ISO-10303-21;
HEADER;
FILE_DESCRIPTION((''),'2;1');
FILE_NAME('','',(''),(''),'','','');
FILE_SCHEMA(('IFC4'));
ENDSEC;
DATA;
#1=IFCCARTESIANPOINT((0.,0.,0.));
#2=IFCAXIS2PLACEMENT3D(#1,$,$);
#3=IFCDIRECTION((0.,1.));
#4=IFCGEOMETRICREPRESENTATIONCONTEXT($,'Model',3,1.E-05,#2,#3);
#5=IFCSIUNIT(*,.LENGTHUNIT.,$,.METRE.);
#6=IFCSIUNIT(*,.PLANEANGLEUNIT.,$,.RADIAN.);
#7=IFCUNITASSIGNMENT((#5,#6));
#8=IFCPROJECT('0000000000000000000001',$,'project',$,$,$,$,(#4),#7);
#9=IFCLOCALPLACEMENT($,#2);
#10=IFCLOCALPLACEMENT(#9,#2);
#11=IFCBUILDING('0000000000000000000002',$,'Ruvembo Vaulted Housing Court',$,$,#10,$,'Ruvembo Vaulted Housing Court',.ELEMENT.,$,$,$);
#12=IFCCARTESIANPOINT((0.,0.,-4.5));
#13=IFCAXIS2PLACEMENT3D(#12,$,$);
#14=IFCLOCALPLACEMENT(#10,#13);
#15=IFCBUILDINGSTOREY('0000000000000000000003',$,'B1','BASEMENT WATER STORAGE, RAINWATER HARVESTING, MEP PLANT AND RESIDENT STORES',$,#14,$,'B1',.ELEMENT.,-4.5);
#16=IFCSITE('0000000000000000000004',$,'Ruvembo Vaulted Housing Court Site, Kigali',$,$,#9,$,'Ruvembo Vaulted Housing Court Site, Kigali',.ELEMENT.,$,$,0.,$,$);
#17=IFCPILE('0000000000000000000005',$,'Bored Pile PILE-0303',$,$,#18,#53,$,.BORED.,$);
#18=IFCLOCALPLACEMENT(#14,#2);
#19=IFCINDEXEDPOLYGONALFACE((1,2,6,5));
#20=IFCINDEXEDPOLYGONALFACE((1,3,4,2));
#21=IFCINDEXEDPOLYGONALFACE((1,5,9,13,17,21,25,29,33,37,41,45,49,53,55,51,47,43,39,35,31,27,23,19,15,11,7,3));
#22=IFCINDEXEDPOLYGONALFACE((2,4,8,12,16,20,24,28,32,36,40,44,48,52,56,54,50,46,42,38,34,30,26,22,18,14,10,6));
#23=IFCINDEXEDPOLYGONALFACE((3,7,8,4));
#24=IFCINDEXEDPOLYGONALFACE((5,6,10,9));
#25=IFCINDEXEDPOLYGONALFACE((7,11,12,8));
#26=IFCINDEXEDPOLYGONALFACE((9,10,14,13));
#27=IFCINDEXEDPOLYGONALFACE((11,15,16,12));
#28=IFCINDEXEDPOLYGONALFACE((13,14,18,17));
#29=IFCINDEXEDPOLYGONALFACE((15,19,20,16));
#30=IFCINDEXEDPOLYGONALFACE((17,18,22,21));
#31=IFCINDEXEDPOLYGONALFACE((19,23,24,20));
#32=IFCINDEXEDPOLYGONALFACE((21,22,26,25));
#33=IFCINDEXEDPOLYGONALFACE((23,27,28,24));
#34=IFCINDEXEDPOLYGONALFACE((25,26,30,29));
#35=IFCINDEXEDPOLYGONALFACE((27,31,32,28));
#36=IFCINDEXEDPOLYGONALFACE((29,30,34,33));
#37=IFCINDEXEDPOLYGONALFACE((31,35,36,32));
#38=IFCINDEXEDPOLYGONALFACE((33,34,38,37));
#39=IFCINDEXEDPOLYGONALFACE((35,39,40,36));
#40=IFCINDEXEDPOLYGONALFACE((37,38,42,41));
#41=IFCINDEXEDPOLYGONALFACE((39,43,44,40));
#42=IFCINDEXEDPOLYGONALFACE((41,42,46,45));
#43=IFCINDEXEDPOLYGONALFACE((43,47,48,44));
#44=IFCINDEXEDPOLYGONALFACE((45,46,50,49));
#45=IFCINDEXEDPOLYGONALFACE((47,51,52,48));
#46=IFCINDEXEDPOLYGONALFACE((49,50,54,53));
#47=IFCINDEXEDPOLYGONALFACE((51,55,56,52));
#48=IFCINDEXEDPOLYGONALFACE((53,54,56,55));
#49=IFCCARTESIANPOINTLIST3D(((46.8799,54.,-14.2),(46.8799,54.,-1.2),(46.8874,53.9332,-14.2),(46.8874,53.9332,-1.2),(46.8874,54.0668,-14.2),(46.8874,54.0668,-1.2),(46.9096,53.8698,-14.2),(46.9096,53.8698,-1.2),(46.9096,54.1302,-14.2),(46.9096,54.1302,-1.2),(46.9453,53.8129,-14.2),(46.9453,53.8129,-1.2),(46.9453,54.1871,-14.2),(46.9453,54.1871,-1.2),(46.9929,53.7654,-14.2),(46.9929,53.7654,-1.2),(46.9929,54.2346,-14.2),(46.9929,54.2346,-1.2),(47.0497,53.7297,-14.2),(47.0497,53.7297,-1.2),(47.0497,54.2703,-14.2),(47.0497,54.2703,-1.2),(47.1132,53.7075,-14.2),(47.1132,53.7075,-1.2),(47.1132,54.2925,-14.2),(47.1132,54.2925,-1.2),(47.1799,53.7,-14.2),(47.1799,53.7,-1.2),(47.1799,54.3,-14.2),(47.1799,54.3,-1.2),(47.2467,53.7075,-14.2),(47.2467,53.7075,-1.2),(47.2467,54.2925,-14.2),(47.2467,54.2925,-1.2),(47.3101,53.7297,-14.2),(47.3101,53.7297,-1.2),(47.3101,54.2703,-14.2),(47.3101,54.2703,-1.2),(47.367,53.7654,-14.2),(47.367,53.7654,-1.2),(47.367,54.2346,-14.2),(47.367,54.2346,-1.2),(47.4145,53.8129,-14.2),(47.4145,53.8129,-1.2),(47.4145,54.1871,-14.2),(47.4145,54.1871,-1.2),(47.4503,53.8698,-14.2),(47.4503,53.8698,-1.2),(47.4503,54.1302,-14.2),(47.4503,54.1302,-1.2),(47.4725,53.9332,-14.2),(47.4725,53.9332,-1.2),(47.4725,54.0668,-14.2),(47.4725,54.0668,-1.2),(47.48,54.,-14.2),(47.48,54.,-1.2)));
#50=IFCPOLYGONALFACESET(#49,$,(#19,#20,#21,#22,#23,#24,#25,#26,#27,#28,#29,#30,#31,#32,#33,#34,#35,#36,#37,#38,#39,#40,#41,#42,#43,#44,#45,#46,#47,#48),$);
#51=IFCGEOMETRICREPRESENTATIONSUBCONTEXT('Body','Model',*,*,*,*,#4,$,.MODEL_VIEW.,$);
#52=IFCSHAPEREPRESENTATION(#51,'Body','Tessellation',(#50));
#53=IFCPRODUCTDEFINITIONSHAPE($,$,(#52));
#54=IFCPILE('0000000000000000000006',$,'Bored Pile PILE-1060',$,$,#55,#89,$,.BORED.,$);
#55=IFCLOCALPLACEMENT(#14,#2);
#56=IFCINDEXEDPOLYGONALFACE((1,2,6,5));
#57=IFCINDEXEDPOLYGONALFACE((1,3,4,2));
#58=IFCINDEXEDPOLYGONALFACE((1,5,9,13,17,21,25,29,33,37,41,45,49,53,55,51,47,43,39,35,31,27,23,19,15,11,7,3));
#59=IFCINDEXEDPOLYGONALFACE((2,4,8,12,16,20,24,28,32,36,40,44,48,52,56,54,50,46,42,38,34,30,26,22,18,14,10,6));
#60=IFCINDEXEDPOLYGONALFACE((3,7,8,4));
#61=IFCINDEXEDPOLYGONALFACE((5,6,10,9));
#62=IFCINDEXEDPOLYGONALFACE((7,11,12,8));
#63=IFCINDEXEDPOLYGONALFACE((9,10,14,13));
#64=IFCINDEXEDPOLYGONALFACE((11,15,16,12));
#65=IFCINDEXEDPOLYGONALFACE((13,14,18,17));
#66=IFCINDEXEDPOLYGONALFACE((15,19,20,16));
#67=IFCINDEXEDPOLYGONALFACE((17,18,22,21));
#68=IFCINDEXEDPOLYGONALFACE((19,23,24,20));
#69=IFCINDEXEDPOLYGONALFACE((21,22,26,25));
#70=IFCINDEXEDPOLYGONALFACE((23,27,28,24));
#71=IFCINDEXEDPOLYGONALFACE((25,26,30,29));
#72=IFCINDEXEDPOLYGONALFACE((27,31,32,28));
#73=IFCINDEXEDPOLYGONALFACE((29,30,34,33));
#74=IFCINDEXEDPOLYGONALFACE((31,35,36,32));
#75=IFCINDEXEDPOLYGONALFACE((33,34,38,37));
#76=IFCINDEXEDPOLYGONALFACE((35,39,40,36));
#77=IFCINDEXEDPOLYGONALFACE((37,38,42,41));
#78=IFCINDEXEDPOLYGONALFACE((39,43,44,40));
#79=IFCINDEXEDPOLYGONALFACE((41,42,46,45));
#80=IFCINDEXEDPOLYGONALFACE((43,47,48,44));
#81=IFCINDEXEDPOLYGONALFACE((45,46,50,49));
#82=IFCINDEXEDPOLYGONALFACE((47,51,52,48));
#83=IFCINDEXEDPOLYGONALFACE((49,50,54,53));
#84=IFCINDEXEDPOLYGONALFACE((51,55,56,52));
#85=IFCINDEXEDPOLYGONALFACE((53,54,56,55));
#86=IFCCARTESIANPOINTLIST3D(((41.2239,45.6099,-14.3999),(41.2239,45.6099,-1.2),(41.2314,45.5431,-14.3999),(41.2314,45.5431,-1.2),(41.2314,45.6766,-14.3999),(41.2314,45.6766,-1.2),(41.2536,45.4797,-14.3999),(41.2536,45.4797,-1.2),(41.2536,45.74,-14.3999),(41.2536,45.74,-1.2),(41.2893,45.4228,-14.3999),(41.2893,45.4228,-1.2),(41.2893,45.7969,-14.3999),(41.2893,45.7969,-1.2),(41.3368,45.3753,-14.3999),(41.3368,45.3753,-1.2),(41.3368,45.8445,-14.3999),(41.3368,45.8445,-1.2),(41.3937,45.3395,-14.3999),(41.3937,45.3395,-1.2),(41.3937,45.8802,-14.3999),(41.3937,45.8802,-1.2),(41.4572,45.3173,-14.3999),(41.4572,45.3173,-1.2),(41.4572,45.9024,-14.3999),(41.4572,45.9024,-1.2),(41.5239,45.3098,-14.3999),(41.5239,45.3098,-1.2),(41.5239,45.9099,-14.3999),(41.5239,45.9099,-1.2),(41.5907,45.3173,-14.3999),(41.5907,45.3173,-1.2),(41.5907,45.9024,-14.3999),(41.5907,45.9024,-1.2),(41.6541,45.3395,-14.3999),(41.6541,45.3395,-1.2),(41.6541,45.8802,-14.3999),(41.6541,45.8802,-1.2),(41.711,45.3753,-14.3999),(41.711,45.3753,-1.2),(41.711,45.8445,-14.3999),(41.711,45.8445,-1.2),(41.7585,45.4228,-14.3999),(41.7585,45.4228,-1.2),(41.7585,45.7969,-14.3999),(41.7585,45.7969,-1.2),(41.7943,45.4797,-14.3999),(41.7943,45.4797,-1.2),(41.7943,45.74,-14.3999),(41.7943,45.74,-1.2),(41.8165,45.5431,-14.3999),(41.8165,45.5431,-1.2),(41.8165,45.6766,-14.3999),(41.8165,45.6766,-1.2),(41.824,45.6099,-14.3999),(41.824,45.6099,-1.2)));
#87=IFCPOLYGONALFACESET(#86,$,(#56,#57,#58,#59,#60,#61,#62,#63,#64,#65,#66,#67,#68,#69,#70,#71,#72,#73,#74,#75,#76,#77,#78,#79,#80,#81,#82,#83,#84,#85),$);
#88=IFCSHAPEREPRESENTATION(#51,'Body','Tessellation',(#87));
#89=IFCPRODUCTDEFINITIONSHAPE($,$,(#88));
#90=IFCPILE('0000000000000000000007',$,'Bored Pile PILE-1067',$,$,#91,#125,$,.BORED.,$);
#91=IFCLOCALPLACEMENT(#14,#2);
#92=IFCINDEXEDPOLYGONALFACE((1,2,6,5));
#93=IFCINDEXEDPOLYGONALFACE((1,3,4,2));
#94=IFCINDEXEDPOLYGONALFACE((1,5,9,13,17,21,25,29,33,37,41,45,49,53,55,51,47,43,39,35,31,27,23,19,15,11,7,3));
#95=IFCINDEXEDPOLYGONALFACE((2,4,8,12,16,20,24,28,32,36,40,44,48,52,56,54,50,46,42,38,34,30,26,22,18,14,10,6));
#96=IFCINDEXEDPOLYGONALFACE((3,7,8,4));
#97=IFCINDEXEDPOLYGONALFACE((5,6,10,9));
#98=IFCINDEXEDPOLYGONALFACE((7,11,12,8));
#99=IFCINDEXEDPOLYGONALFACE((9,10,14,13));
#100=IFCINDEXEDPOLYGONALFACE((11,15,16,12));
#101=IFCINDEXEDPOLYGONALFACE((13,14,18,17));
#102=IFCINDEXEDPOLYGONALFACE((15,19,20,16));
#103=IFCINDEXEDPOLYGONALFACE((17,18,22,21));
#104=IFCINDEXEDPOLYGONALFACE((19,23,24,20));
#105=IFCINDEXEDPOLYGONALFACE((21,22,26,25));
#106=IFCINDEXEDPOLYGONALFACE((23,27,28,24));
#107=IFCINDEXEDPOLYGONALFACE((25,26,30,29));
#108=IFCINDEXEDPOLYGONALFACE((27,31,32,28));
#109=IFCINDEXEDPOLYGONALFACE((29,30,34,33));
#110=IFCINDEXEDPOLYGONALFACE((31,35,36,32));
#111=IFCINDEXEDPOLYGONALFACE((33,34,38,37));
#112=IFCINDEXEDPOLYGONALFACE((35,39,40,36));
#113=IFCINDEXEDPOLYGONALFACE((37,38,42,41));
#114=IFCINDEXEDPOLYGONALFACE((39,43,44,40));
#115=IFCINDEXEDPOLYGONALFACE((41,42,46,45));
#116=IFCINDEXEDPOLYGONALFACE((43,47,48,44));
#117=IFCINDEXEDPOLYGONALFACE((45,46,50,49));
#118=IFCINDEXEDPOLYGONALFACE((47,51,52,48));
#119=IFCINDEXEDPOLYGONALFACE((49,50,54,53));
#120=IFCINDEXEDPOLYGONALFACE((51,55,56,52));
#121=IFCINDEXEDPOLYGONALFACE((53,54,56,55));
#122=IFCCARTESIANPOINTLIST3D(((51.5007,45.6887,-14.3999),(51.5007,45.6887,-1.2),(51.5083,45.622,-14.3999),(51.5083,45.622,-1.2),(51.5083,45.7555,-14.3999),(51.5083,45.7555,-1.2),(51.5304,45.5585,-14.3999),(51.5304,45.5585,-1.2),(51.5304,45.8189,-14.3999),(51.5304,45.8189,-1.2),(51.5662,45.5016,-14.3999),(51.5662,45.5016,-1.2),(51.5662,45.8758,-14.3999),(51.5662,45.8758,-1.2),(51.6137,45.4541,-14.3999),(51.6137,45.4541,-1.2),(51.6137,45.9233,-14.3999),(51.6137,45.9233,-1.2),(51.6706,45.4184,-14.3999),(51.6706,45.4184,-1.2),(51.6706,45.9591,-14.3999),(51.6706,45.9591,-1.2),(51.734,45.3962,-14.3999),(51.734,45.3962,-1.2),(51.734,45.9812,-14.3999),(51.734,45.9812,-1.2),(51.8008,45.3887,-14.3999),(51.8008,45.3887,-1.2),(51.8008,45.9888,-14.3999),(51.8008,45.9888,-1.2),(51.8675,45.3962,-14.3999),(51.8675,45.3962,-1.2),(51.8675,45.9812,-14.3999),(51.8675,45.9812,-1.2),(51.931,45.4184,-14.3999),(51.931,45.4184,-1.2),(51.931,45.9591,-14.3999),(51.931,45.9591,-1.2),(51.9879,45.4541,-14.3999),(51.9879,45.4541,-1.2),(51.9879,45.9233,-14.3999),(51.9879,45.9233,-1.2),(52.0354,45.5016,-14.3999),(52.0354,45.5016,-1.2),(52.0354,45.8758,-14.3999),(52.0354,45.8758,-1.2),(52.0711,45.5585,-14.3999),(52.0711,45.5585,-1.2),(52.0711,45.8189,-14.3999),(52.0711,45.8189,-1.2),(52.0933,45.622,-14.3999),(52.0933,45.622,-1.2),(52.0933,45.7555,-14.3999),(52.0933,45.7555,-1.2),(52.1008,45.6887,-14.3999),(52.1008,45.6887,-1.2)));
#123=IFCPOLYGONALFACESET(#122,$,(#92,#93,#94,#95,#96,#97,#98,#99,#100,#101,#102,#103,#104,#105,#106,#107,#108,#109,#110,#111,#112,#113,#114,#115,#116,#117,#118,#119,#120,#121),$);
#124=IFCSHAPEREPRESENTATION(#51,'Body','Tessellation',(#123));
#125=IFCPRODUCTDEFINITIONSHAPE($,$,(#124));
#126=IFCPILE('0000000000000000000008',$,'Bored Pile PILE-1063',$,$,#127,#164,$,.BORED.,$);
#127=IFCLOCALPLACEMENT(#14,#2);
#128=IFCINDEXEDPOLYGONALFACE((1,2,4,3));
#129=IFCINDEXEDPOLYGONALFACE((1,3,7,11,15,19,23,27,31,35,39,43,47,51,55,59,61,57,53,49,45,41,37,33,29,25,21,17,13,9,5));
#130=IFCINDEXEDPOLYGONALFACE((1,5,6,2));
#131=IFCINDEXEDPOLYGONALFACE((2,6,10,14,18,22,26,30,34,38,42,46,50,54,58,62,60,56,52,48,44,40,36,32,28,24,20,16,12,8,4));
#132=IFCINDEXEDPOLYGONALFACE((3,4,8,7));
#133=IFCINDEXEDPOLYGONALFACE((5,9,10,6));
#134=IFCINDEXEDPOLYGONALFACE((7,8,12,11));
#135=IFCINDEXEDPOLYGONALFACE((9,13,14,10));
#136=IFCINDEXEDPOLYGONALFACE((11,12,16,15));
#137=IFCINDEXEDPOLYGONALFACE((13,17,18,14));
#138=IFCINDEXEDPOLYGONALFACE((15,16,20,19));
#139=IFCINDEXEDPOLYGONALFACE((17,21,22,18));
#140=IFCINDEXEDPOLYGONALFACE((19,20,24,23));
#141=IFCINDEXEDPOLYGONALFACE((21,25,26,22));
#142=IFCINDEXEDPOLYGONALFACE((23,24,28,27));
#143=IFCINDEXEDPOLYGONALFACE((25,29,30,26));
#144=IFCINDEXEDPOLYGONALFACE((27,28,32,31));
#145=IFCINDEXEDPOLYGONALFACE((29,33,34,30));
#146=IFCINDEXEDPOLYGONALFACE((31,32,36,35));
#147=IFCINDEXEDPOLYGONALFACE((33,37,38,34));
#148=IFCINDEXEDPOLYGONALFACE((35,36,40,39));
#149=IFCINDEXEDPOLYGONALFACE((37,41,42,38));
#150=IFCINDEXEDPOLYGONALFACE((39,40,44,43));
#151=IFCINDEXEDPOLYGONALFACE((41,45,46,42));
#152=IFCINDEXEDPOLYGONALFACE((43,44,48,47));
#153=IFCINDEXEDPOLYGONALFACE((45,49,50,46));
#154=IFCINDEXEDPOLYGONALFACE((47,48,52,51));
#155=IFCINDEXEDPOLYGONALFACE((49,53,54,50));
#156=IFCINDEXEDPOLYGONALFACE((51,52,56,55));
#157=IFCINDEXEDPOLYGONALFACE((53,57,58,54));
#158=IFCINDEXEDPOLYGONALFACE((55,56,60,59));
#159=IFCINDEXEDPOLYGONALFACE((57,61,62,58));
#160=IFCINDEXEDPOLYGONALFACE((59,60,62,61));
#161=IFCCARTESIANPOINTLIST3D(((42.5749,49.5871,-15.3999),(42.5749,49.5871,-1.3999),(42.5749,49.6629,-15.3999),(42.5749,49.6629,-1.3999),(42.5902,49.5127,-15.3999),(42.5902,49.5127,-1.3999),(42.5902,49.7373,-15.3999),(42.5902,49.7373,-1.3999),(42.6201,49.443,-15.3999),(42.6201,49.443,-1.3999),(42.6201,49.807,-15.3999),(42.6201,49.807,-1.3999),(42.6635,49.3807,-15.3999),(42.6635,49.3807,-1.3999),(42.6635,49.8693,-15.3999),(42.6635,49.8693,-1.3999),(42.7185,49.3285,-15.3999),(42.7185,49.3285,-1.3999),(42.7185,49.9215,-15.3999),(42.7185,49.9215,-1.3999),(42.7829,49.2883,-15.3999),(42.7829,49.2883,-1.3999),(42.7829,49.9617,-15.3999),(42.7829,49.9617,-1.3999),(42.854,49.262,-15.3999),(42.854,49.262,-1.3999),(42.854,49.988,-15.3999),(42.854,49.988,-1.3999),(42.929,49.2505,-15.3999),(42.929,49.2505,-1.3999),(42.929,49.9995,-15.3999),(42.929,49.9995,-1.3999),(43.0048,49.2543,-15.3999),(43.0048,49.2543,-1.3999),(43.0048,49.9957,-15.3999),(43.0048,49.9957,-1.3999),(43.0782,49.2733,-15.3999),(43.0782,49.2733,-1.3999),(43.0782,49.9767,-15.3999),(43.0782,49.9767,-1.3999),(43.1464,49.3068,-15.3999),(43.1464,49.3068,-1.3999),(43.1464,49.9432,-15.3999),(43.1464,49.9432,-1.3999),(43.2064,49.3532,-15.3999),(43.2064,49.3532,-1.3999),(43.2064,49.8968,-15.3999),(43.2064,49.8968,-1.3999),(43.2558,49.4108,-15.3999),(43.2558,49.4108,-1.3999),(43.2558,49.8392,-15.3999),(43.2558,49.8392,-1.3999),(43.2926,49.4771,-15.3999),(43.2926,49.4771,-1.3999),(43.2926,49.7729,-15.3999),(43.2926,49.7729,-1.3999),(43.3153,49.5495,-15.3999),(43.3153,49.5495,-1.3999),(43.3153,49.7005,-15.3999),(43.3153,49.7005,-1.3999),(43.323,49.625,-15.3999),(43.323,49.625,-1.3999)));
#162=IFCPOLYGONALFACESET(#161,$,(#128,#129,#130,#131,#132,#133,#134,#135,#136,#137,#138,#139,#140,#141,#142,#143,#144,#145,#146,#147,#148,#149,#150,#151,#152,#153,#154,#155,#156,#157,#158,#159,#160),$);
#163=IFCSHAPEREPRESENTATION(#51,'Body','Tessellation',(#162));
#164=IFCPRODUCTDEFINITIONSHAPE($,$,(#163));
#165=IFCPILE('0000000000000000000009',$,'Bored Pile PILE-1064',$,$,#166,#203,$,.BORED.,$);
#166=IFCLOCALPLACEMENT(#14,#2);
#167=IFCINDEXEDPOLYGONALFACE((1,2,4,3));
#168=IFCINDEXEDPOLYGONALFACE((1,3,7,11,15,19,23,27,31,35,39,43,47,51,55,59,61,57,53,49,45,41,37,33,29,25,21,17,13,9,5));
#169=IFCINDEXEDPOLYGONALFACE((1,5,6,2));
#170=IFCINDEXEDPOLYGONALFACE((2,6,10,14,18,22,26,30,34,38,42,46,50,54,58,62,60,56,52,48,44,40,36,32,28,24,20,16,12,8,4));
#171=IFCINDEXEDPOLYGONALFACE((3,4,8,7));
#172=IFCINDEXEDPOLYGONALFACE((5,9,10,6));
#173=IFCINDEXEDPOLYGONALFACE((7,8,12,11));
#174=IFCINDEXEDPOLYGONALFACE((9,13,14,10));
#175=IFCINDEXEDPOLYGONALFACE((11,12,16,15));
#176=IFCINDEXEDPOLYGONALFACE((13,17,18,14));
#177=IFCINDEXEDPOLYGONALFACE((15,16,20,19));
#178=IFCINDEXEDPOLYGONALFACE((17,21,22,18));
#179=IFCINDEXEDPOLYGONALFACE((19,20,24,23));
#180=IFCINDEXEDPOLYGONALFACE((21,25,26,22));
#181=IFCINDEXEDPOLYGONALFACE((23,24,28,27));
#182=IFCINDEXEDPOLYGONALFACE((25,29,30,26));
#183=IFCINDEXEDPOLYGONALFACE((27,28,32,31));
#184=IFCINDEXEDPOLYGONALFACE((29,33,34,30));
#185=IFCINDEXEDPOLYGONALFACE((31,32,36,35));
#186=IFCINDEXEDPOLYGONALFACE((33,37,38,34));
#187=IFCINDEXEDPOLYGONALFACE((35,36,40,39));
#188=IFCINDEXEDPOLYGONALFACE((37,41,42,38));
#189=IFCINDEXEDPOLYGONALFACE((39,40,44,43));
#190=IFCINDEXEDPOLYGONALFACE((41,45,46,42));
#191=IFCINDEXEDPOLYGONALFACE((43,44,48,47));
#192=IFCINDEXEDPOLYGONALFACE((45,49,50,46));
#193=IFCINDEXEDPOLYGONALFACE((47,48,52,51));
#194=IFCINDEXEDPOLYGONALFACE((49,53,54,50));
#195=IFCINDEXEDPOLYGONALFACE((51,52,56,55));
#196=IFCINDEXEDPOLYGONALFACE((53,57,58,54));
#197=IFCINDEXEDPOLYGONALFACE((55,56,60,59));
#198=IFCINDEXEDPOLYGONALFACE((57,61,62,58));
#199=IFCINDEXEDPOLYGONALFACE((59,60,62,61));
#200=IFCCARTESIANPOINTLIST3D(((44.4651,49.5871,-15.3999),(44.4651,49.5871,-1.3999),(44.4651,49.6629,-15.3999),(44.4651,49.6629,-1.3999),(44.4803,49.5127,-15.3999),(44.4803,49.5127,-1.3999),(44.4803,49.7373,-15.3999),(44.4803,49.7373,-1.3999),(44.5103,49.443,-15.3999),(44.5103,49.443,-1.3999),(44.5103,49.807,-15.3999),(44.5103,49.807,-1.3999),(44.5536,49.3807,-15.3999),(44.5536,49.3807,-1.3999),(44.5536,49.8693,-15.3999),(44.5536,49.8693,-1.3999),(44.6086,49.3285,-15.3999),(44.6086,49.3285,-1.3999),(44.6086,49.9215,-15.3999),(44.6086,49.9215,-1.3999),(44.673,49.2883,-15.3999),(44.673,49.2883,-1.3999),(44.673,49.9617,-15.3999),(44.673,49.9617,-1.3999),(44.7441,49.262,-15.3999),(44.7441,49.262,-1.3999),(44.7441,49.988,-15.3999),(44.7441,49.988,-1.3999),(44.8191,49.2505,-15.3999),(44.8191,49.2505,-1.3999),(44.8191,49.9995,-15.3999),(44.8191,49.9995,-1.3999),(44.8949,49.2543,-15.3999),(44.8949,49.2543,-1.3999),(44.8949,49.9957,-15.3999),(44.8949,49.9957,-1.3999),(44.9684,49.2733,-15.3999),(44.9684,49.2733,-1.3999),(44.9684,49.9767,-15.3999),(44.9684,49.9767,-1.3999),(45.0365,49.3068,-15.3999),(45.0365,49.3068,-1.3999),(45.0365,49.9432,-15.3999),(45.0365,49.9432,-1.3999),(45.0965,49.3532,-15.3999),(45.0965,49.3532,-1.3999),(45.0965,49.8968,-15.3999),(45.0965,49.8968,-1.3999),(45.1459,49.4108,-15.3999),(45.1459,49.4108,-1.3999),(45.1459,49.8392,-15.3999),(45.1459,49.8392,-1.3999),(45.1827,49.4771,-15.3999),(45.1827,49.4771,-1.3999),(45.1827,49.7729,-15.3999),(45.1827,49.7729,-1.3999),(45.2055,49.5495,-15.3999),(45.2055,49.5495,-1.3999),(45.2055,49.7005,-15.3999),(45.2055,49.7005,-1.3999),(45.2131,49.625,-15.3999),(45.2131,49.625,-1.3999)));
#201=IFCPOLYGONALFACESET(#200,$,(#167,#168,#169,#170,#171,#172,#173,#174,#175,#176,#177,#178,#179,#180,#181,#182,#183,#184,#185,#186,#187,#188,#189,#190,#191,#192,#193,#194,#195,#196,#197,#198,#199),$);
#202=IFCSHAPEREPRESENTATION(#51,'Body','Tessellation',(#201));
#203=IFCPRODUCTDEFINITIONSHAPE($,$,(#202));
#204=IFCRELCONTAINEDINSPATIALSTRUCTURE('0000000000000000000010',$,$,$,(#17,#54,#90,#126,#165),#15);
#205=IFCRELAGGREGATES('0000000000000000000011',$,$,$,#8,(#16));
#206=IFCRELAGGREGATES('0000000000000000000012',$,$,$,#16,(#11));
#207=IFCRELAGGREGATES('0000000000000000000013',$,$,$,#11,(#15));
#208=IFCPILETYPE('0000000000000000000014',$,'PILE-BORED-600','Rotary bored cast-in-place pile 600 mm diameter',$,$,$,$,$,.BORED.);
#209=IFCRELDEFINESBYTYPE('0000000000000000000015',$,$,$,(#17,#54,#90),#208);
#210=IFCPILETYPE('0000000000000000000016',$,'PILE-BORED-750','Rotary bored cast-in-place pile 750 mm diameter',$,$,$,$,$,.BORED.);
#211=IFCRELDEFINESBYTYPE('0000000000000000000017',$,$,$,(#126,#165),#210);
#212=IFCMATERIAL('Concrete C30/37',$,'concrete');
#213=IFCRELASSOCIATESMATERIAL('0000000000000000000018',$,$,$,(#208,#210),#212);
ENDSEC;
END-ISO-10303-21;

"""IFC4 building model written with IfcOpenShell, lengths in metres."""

from ifc_helpers import new_model, si_unit, direction, frame, origin, origin_2d, place, context, subcontext, project, spatial, circle, extrude, material, material_profile, profile_set, type_object, element, save


model = new_model("IFC4")

# Units and contexts
model_context = context("Model", 3, precision=1e-05, world=origin(), true_north=direction((0.0, 1.0)))
body_context = subcontext(model_context, "Body", "Model", "MODEL_VIEW")
ifc_project = project(units=[si_unit("LENGTHUNIT", "METRE"), si_unit("PLANEANGLEUNIT", "RADIAN")], contexts=[model_context])

# Site, building, storey
site_placement = place(None, origin())
site = spatial("IfcSite", under=ifc_project, at=site_placement, Name="Ruvembo Vaulted Housing Court Site, Kigali", LongName="Ruvembo Vaulted Housing Court Site, Kigali", CompositionType="ELEMENT", RefElevation=0.0)
building_placement = place(site_placement, origin())
building = spatial("IfcBuilding", under=site, at=building_placement, Name="Ruvembo Vaulted Housing Court", LongName="Ruvembo Vaulted Housing Court", CompositionType="ELEMENT")
storey_placement = place(building_placement, frame((0.0, 0.0, -4.5)))
storey = spatial("IfcBuildingStorey", under=building, at=storey_placement, Name="B1", Description="BASEMENT WATER STORAGE, RAINWATER HARVESTING, MEP PLANT AND RESIDENT STORES", LongName="B1", CompositionType="ELEMENT", Elevation=-4.5)

# Piles
ifc_material_1 = material(Name="Concrete C30/37", Category="concrete")
ifc_material_profile_1 = material_profile(ifc_material_1, circle(Radius=0.3, at=origin_2d()), Name="PILE D600")
ifc_profile_set_1 = profile_set([ifc_material_profile_1], Name="Concrete C30/37")
pile_type_1 = type_object("IfcPileType", Name="PILE-BORED-600", Description="Rotary bored cast-in-place pile 600 mm diameter", PredefinedType="BORED", material=ifc_profile_set_1)
for number, where, z_axis, x_axis, name in (
    (1, (47.1799, 54.0, -1.2), (0.0, 0.0, -1.0), (1.0, 0.0, 0.0), "Bored Pile PILE-0303"),
):
    element("IfcPile", number, at=place(storey_placement, frame(where, z_axis=z_axis, x_axis=x_axis)), inside=storey, type_object=pile_type_1, Name=name, PredefinedType="BORED", context=body_context, shape_type="SweptSolid", body=[
        extrude(circle(Radius=0.3, at=origin_2d()), origin(), (0.0, 0.0, 1.0), 13.0),
    ])
for number, where, z_axis, x_axis, name in (
    (2, (41.5239, 45.6099, -1.2), (0.0, 0.0, -1.0), (1.0, 0.0, 0.0), "Bored Pile PILE-1060"),
    (3, (51.8008, 45.6887, -1.2), (0.0, 0.0, -1.0), (1.0, 0.0, 0.0), "Bored Pile PILE-1067"),
):
    element("IfcPile", number, at=place(storey_placement, frame(where, z_axis=z_axis, x_axis=x_axis)), inside=storey, type_object=pile_type_1, Name=name, PredefinedType="BORED", context=body_context, shape_type="SweptSolid", body=[
        extrude(circle(Radius=0.3, at=origin_2d()), origin(), (0.0, 0.0, 1.0), 13.2),
    ])
ifc_material_profile_2 = material_profile(ifc_material_1, circle(Radius=0.375, at=origin_2d()), Name="PILE D750")
ifc_profile_set_2 = profile_set([ifc_material_profile_2], Name="Concrete C30/37")
pile_type_2 = type_object("IfcPileType", Name="PILE-BORED-750", Description="Rotary bored cast-in-place pile 750 mm diameter", PredefinedType="BORED", material=ifc_profile_set_2)
for number, where, z_axis, x_axis, name in (
    (4, (42.948, 49.625, -1.3999), (0.0, 0.0, -1.0), (1.0, 0.0, 0.0), "Bored Pile PILE-1063"),
    (5, (44.8381, 49.625, -1.3999), (0.0, 0.0, -1.0), (1.0, 0.0, 0.0), "Bored Pile PILE-1064"),
):
    element("IfcPile", number, at=place(storey_placement, frame(where, z_axis=z_axis, x_axis=x_axis)), inside=storey, type_object=pile_type_2, Name=name, PredefinedType="BORED", context=body_context, shape_type="SweptSolid", body=[
        extrude(circle(Radius=0.375, at=origin_2d()), origin(), (0.0, 0.0, 1.0), 14.0),
    ])

save(model, "model.ifc")
